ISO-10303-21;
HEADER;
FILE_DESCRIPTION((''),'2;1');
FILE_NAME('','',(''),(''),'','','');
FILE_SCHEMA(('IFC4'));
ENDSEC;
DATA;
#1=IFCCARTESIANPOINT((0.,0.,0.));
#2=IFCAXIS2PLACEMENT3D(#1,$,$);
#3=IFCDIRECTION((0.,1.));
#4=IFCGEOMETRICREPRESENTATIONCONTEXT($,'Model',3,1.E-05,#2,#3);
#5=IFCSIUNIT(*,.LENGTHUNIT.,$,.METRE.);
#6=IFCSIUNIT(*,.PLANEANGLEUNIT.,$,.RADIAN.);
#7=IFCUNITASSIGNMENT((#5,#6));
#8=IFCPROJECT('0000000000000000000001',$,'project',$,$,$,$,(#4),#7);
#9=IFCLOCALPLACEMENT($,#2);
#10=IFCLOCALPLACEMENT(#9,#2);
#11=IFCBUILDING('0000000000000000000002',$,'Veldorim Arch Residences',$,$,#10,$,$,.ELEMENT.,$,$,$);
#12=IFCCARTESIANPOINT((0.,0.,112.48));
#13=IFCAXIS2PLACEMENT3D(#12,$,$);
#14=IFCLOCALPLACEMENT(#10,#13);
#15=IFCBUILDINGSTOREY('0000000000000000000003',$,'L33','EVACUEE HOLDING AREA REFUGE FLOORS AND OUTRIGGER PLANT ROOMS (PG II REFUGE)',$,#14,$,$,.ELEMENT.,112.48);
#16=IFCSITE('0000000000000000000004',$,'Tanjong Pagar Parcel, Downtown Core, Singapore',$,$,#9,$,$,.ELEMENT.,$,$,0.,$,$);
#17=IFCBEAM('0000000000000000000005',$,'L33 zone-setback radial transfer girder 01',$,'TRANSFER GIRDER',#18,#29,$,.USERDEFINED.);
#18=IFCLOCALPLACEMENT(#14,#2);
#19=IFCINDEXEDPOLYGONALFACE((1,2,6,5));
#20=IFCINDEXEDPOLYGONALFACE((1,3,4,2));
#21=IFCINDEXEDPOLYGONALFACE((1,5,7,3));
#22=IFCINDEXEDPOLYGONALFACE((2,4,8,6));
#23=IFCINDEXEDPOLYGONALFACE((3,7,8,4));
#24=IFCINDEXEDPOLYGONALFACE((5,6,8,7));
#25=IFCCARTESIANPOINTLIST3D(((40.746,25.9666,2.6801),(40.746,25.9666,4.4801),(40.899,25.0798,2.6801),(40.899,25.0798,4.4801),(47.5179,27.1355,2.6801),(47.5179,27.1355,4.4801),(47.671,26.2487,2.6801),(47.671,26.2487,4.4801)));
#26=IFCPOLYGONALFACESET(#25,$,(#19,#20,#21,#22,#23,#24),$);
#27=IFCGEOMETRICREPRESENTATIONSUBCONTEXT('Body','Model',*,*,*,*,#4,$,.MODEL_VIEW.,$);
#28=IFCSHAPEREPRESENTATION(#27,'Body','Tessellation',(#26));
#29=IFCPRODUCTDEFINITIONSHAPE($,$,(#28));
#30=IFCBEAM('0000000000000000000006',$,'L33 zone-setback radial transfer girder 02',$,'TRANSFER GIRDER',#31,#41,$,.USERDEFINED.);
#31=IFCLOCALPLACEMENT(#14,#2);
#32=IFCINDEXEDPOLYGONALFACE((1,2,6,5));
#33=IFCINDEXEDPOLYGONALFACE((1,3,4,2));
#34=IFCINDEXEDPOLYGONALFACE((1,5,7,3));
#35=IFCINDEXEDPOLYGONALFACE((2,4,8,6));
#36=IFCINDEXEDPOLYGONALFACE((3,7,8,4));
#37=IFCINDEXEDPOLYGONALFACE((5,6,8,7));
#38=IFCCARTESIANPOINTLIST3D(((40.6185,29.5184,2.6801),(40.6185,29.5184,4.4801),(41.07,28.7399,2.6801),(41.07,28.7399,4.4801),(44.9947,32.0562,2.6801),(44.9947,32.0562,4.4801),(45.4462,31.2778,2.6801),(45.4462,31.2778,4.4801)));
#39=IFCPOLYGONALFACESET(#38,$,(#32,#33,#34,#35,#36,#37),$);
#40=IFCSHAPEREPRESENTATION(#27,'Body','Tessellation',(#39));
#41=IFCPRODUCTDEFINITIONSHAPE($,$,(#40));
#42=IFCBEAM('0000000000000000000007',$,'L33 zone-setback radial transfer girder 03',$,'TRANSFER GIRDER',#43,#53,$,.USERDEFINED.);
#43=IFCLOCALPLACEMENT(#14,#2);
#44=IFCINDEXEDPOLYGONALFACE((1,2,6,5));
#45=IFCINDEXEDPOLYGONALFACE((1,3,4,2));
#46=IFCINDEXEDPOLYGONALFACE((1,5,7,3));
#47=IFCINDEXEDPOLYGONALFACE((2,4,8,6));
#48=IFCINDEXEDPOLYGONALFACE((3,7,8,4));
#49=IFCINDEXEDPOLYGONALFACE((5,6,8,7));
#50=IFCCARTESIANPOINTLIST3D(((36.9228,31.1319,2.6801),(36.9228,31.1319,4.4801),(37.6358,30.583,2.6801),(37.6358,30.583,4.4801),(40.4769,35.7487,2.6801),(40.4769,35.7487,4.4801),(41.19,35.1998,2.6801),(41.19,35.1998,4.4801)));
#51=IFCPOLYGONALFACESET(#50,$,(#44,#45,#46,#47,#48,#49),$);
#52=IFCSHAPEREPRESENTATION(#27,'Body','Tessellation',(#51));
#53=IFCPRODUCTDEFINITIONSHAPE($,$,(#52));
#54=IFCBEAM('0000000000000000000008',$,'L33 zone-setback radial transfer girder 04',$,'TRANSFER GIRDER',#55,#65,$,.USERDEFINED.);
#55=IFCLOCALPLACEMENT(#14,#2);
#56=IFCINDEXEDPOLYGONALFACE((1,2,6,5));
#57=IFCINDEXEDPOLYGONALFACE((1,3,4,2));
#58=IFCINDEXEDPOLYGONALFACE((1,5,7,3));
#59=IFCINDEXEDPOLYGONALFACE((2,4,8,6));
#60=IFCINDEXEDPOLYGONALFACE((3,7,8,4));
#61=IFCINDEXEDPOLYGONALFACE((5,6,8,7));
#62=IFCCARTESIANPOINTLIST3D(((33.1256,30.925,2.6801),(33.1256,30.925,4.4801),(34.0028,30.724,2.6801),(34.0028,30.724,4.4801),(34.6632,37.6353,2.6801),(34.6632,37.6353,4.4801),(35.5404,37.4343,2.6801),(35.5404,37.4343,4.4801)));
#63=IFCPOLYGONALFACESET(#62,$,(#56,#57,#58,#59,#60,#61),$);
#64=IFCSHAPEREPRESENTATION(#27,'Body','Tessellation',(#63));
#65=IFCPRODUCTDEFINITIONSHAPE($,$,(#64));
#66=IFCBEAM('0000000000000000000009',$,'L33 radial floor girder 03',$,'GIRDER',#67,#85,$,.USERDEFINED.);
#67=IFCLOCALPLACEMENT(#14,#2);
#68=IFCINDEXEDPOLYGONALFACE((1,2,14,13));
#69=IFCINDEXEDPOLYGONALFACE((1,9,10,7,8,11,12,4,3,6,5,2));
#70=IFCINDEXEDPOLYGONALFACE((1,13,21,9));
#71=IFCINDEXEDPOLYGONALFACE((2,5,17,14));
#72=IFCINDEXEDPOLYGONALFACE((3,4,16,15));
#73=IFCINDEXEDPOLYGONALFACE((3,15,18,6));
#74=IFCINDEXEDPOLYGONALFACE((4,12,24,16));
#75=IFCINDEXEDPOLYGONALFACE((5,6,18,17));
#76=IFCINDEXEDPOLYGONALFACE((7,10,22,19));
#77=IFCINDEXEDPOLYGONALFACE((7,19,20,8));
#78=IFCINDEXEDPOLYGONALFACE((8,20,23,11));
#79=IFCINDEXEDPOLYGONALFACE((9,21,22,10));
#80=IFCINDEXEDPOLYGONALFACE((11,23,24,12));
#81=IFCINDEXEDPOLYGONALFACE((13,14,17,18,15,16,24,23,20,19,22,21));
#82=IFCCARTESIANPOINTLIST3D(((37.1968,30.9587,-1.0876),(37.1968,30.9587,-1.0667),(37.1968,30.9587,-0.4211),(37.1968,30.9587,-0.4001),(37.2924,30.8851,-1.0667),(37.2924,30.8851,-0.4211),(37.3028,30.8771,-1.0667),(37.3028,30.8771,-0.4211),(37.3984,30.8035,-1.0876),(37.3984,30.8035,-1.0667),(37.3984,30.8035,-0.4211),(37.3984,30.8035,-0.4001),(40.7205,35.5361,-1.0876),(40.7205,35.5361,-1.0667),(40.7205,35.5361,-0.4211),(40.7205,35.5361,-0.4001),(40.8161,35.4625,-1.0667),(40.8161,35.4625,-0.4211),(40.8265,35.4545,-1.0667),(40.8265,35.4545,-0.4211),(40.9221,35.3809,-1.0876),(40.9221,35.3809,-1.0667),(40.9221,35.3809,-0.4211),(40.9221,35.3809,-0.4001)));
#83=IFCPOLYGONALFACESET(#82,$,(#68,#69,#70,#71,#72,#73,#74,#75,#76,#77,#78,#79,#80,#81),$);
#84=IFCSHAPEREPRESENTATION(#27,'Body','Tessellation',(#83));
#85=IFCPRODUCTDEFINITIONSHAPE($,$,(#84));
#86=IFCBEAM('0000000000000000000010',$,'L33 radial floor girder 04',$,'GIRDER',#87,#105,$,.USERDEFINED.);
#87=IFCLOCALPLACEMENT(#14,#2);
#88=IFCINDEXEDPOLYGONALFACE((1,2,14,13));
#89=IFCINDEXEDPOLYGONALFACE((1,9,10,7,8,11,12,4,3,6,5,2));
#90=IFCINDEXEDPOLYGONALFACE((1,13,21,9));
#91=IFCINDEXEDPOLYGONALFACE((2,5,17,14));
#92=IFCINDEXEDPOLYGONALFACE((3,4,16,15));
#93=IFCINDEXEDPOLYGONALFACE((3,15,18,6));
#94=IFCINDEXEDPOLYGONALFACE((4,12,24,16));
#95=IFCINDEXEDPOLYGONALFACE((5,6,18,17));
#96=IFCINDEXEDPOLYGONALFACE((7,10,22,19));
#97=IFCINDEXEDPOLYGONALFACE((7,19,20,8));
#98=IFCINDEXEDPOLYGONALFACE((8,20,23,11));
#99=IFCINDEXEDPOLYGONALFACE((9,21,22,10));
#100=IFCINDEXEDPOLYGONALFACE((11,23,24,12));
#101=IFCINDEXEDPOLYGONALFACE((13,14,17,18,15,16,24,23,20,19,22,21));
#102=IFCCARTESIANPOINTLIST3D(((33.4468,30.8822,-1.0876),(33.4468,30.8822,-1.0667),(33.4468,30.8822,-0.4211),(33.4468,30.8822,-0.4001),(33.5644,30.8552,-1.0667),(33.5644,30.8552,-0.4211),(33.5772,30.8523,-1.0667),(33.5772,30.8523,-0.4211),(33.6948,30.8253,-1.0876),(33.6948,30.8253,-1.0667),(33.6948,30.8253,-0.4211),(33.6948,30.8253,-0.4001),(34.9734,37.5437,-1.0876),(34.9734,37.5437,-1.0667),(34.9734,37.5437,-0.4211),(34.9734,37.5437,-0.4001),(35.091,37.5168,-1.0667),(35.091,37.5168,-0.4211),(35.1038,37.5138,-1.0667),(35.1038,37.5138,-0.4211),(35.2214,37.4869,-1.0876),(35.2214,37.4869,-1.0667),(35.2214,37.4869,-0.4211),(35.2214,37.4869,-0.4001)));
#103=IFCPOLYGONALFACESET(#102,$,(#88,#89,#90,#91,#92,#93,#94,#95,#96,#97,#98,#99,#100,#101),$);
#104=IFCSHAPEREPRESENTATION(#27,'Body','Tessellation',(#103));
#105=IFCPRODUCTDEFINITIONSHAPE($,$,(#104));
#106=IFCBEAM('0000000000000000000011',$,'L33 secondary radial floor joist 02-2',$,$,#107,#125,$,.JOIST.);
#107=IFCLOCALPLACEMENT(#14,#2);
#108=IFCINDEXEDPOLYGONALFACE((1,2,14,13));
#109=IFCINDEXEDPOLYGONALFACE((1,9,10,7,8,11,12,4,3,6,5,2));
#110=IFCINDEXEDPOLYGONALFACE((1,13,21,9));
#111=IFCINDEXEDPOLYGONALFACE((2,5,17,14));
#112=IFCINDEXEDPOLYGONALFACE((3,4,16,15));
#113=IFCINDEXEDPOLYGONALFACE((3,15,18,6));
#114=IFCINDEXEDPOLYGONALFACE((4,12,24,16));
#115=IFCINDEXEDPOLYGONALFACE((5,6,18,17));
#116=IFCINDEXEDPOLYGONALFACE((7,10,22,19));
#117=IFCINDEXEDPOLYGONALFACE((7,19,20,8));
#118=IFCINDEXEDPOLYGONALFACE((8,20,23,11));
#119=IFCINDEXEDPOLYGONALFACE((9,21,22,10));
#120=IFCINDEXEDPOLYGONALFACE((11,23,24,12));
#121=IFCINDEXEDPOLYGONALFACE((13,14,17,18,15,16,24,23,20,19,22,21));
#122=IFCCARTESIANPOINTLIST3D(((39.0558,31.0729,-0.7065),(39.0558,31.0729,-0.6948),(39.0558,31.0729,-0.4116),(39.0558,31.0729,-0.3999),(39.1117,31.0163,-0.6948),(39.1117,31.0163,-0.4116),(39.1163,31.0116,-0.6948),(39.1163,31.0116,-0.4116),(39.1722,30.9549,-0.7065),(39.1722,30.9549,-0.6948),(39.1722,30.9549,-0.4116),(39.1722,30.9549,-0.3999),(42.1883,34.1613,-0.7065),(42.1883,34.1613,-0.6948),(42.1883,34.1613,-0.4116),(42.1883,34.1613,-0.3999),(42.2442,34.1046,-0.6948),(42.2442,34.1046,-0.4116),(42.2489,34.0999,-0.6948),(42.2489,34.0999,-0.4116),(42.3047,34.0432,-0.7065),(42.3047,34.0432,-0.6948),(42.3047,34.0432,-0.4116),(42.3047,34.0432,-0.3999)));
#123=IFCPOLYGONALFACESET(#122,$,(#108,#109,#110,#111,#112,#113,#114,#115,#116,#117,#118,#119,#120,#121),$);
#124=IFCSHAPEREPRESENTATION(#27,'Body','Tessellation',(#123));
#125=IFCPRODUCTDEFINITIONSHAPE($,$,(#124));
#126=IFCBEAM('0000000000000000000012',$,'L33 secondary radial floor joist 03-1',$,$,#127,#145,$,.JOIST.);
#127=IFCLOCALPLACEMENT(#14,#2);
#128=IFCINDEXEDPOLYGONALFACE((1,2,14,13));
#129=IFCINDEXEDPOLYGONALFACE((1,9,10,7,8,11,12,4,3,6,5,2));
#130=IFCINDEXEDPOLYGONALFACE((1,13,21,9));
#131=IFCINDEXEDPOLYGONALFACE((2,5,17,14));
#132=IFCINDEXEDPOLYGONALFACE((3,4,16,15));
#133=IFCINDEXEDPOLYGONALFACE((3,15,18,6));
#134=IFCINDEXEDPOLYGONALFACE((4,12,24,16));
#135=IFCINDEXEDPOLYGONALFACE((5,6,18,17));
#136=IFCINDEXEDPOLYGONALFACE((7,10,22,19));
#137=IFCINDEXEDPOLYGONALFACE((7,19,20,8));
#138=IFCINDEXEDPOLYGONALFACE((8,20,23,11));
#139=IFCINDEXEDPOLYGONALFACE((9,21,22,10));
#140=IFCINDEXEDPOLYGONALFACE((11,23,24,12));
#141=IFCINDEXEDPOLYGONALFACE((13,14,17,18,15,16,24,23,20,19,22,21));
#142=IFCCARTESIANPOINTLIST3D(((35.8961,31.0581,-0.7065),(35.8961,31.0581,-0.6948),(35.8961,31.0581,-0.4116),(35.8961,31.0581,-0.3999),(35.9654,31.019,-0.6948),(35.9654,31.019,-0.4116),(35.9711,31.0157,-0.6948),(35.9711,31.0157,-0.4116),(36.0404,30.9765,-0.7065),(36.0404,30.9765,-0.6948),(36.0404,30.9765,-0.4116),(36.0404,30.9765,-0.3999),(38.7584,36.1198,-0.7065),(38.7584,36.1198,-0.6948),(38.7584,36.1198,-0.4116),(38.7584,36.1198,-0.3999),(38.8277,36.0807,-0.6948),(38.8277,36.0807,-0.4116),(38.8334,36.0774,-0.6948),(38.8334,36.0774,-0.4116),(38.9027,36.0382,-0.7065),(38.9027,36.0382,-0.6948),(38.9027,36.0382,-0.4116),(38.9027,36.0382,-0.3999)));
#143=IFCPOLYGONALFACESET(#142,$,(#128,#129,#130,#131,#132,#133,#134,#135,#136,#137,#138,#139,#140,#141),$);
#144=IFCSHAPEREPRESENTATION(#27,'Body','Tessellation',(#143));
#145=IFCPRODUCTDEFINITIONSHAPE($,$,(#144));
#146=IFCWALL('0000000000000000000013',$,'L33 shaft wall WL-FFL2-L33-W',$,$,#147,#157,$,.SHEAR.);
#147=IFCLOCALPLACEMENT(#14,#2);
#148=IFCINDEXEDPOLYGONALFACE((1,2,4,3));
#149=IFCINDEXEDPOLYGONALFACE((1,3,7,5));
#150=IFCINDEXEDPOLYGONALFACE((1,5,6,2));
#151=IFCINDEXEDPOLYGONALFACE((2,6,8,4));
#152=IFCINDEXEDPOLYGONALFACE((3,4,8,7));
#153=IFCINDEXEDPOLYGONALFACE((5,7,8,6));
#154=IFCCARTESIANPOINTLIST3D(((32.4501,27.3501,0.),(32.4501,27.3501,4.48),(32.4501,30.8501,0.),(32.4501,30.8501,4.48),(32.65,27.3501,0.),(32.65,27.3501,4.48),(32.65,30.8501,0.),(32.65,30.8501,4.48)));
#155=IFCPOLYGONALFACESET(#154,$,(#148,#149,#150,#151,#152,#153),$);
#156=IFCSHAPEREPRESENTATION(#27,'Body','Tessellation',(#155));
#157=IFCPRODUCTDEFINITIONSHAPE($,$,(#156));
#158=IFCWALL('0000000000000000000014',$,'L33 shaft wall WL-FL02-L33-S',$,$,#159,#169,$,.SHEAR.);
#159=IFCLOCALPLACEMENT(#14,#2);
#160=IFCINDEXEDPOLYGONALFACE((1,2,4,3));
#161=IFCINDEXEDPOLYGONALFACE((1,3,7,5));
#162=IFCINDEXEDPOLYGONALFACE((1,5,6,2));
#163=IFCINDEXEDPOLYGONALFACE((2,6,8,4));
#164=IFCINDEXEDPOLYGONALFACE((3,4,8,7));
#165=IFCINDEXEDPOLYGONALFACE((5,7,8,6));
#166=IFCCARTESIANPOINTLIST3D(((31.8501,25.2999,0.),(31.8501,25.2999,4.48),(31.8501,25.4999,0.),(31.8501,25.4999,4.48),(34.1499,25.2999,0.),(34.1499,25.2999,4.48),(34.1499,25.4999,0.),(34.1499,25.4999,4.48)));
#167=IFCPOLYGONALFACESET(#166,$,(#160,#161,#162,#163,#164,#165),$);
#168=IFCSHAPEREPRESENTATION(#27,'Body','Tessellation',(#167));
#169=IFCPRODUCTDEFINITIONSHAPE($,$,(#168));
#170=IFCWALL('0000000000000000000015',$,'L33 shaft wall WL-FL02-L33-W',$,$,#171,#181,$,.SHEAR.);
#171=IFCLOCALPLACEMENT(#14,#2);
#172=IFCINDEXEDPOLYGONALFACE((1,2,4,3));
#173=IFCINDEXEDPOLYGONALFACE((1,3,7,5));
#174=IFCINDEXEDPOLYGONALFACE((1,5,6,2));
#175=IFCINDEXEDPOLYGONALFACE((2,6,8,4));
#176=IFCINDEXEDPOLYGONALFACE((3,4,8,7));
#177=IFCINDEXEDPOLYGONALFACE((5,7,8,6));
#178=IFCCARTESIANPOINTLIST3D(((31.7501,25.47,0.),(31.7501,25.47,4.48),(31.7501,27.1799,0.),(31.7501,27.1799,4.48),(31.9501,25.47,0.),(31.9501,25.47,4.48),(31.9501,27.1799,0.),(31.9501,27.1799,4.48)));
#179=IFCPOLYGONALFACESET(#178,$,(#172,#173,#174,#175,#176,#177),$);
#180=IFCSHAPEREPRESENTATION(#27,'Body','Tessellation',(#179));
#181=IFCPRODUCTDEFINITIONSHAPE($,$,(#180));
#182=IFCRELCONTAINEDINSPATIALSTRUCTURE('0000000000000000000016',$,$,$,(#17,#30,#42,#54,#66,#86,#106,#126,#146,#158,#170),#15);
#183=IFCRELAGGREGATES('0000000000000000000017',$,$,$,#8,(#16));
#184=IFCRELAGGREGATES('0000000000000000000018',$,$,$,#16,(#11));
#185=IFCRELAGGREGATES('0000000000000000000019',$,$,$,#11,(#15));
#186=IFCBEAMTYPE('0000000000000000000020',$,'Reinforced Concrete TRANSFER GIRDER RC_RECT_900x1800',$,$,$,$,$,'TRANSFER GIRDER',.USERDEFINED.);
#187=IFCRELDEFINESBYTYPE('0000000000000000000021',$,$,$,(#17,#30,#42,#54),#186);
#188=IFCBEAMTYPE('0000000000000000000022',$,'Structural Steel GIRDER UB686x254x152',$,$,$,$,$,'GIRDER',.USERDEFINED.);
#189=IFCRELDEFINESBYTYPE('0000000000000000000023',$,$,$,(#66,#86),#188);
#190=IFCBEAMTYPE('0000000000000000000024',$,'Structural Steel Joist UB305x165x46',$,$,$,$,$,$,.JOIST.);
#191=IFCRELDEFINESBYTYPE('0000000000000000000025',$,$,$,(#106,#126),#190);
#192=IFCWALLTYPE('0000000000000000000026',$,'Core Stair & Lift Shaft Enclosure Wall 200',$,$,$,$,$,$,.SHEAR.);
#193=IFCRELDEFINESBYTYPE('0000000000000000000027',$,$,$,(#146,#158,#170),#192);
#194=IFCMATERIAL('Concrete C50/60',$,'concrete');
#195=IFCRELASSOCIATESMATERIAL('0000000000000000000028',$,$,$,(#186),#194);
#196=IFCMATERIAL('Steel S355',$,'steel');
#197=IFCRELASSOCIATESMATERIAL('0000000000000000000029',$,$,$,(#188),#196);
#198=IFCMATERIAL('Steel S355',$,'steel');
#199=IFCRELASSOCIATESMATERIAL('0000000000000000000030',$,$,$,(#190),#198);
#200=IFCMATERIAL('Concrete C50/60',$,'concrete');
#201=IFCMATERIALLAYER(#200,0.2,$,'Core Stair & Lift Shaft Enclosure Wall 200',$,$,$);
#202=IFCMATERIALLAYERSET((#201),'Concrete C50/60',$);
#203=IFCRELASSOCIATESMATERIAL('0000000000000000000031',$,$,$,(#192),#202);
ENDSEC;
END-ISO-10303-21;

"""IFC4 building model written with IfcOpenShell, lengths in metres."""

from ifc_helpers import new_model, si_unit, direction, frame, frame_2d, origin, origin_2d, place, context, subcontext, project, spatial, rectangle, i_section, extrude, material, layer, layer_set, material_profile, profile_set, type_object, element, save


model = new_model("IFC4")

# Units and contexts
model_context = context("Model", 3, precision=1e-05, world=origin(), true_north=direction((0.0, 1.0)))
body_context = subcontext(model_context, "Body", "Model", "MODEL_VIEW")
ifc_project = project(units=[si_unit("LENGTHUNIT", "METRE"), si_unit("PLANEANGLEUNIT", "RADIAN")], contexts=[model_context])

# Site, building, storey
site_placement = place(None, origin())
site = spatial("IfcSite", under=ifc_project, at=site_placement, Name="Tanjong Pagar Parcel, Downtown Core, Singapore", CompositionType="ELEMENT", RefElevation=0.0)
building_placement = place(site_placement, origin())
building = spatial("IfcBuilding", under=site, at=building_placement, Name="Veldorim Arch Residences", CompositionType="ELEMENT")
storey_placement = place(building_placement, frame((0.0, 0.0, 112.48)))
storey = spatial("IfcBuildingStorey", under=building, at=storey_placement, Name="L33", Description="EVACUEE HOLDING AREA REFUGE FLOORS AND OUTRIGGER PLANT ROOMS (PG II REFUGE)", CompositionType="ELEMENT", Elevation=112.48)

# Beams
ifc_material_1 = material(Name="Concrete C50/60", Category="concrete")
ifc_material_profile_1 = material_profile(ifc_material_1, rectangle(XDim=0.8999, YDim=1.8, at=origin_2d()), Name="RC_RECT_900x1800")
ifc_profile_set_1 = profile_set([ifc_material_profile_1], Name="Concrete C50/60")
beam_type_1 = type_object("IfcBeamType", Name="Reinforced Concrete TRANSFER GIRDER RC_RECT_900x1800", ElementType="TRANSFER GIRDER", PredefinedType="USERDEFINED", material=ifc_profile_set_1)
beam_1_placement = place(storey_placement, frame((40.8225, 25.5232, 3.5801), z_axis=(0.985427, 0.1701, 0.0), x_axis=(-0.1701, 0.985427, 0.0)))
element("IfcBeam", 1, at=beam_1_placement, inside=storey, type_object=beam_type_1, Name="L33 zone-setback radial transfer girder 01", ObjectType="TRANSFER GIRDER", PredefinedType="USERDEFINED", context=body_context, shape_type="SweptSolid", body=[
    extrude(rectangle(XDim=0.8999, YDim=1.8, at=origin_2d()), origin(), (0.0, 0.0, 1.0), 6.8721),
])
beam_2_placement = place(storey_placement, frame((40.8442, 29.1292, 3.5801), z_axis=(0.865063, 0.501664, 0.0), x_axis=(-0.501664, 0.865063, 0.0)))
element("IfcBeam", 2, at=beam_2_placement, inside=storey, type_object=beam_type_1, Name="L33 zone-setback radial transfer girder 02", ObjectType="TRANSFER GIRDER", PredefinedType="USERDEFINED", context=body_context, shape_type="SweptSolid", body=[
    extrude(rectangle(XDim=0.8999, YDim=1.8, at=origin_2d()), origin(), (0.0, 0.0, 1.0), 5.0588),
])
beam_3_placement = place(storey_placement, frame((37.2793, 30.8574, 3.5801), z_axis=(0.610002, 0.7924, 0.0), x_axis=(-0.7924, 0.610002, 0.0)))
element("IfcBeam", 3, at=beam_3_placement, inside=storey, type_object=beam_type_1, Name="L33 zone-setback radial transfer girder 03", ObjectType="TRANSFER GIRDER", PredefinedType="USERDEFINED", context=body_context, shape_type="SweptSolid", body=[
    extrude(rectangle(XDim=0.8999, YDim=1.8, at=origin_2d()), origin(), (0.0, 0.0, 1.0), 5.8264),
])
beam_4_placement = place(storey_placement, frame((33.5642, 30.8245, 3.5801), z_axis=(0.223347, 0.974739, 0.0), x_axis=(-0.974739, 0.223347, 0.0)))
element("IfcBeam", 4, at=beam_4_placement, inside=storey, type_object=beam_type_1, Name="L33 zone-setback radial transfer girder 04", ObjectType="TRANSFER GIRDER", PredefinedType="USERDEFINED", context=body_context, shape_type="SweptSolid", body=[
    extrude(rectangle(XDim=0.8999, YDim=1.8, at=origin_2d()), origin(), (0.0, 0.0, 1.0), 6.8843),
])
ifc_material_2 = material(Name="Steel S355", Category="steel")
ifc_material_profile_2 = material_profile(ifc_material_2, i_section(OverallWidth=0.2544, OverallDepth=0.6875, WebThickness=0.0132, FlangeThickness=0.021, at=origin_2d()), Name="UB686x254x152")
ifc_profile_set_2 = profile_set([ifc_material_profile_2], Name="Steel S355")
beam_type_2 = type_object("IfcBeamType", Name="Structural Steel GIRDER UB686x254x152", ElementType="GIRDER", PredefinedType="USERDEFINED", material=ifc_profile_set_2)
beam_5_placement = place(storey_placement, frame((37.2976, 30.8811, -0.7439), z_axis=(0.609995, 0.792406, 0.0), x_axis=(-0.792406, 0.609995, 0.0)))
element("IfcBeam", 5, at=beam_5_placement, inside=storey, type_object=beam_type_2, Name="L33 radial floor girder 03", ObjectType="GIRDER", PredefinedType="USERDEFINED", context=body_context, shape_type="SweptSolid", body=[
    extrude(i_section(OverallWidth=0.2544, OverallDepth=0.6875, WebThickness=0.0132, FlangeThickness=0.021, at=origin_2d()), origin(), (0.0, 0.0, 1.0), 5.7766),
])
beam_6_placement = place(storey_placement, frame((33.5708, 30.8538, -0.7439), z_axis=(0.223375, 0.974733, 0.0), x_axis=(-0.974733, 0.223375, 0.0)))
element("IfcBeam", 6, at=beam_6_placement, inside=storey, type_object=beam_type_2, Name="L33 radial floor girder 04", ObjectType="GIRDER", PredefinedType="USERDEFINED", context=body_context, shape_type="SweptSolid", body=[
    extrude(i_section(OverallWidth=0.2544, OverallDepth=0.6875, WebThickness=0.0132, FlangeThickness=0.021, at=origin_2d()), origin(), (0.0, 0.0, 1.0), 6.8342),
])
ifc_material_3 = material(Name="Steel S355", Category="steel")
ifc_material_profile_3 = material_profile(ifc_material_3, i_section(OverallWidth=0.1658, OverallDepth=0.3066, WebThickness=0.0066, FlangeThickness=0.0117, at=origin_2d()), Name="UB305x165x46")
ifc_profile_set_3 = profile_set([ifc_material_profile_3], Name="Steel S355")
beam_type_3 = type_object("IfcBeamType", Name="Structural Steel Joist UB305x165x46", PredefinedType="JOIST", material=ifc_profile_set_3)
beam_7_placement = place(storey_placement, frame((39.114, 31.0139, -0.5532), z_axis=(0.712112, 0.702066, 0.0), x_axis=(-0.702066, 0.712112, 0.0)))
element("IfcBeam", 7, at=beam_7_placement, inside=storey, type_object=beam_type_3, Name="L33 secondary radial floor joist 02-2", PredefinedType="JOIST", context=body_context, shape_type="SweptSolid", body=[
    extrude(i_section(OverallWidth=0.1658, OverallDepth=0.3066, WebThickness=0.0066, FlangeThickness=0.0117, at=origin_2d()), origin(), (0.0, 0.0, 1.0), 4.3989),
])
beam_8_placement = place(storey_placement, frame((35.9683, 31.0173, -0.5532), z_axis=(0.492227, 0.870467, 0.0), x_axis=(-0.870467, 0.492227, 0.0)))
element("IfcBeam", 8, at=beam_8_placement, inside=storey, type_object=beam_type_3, Name="L33 secondary radial floor joist 03-1", PredefinedType="JOIST", context=body_context, shape_type="SweptSolid", body=[
    extrude(i_section(OverallWidth=0.1658, OverallDepth=0.3066, WebThickness=0.0066, FlangeThickness=0.0117, at=origin_2d()), origin(), (0.0, 0.0, 1.0), 5.8149),
])

# Shared definitions
ifc_material_4 = material(Name="Concrete C50/60", Category="concrete")
ifc_layer = layer(ifc_material_4, 0.2, Name="Core Stair & Lift Shaft Enclosure Wall 200")
ifc_layer_set = layer_set([ifc_layer], Name="Concrete C50/60")
wall_type = type_object("IfcWallType", Name="Core Stair & Lift Shaft Enclosure Wall 200", PredefinedType="SHEAR", material=ifc_layer_set)

# Wall
wall_1_placement = place(storey_placement, frame((32.55, 27.3501, 0.0), z_axis=(0.0, 0.0, 1.0), x_axis=(0.0, 1.0, 0.0)))
element("IfcWall", 9, at=wall_1_placement, inside=storey, type_object=wall_type, Name="L33 shaft wall WL-FFL2-L33-W", PredefinedType="SHEAR", context=body_context, shape_type="SweptSolid", body=[
    extrude(rectangle(XDim=3.5, YDim=0.2, at=frame_2d((1.75, 0.0))), origin(), (0.0, 0.0, 1.0), 4.48),
])

# Walls
wall_2_placement = place(storey_placement, frame((31.8501, 25.3999, 0.0), z_axis=(0.0, 0.0, 1.0), x_axis=(1.0, 0.0, 0.0)))
element("IfcWall", 10, at=wall_2_placement, inside=storey, type_object=wall_type, Name="L33 shaft wall WL-FL02-L33-S", PredefinedType="SHEAR", context=body_context, shape_type="SweptSolid", body=[
    extrude(rectangle(XDim=2.2998, YDim=0.2, at=frame_2d((1.1499, 0.0))), origin(), (0.0, 0.0, 1.0), 4.48),
])
for number, where, z_axis, x_axis, name in (
    (11, (31.8501, 25.47, 0.0), (0.0, 0.0, 1.0), (0.0, 1.0, 0.0), "L33 shaft wall WL-FL02-L33-W"),
):
    element("IfcWall", number, at=place(storey_placement, frame(where, z_axis=z_axis, x_axis=x_axis)), inside=storey, type_object=wall_type, Name=name, PredefinedType="SHEAR", context=body_context, shape_type="SweptSolid", body=[
        extrude(rectangle(XDim=1.71, YDim=0.2, at=frame_2d((0.855, 0.0))), origin(), (0.0, 0.0, 1.0), 4.48),
    ])

save(model, "model.ifc")
